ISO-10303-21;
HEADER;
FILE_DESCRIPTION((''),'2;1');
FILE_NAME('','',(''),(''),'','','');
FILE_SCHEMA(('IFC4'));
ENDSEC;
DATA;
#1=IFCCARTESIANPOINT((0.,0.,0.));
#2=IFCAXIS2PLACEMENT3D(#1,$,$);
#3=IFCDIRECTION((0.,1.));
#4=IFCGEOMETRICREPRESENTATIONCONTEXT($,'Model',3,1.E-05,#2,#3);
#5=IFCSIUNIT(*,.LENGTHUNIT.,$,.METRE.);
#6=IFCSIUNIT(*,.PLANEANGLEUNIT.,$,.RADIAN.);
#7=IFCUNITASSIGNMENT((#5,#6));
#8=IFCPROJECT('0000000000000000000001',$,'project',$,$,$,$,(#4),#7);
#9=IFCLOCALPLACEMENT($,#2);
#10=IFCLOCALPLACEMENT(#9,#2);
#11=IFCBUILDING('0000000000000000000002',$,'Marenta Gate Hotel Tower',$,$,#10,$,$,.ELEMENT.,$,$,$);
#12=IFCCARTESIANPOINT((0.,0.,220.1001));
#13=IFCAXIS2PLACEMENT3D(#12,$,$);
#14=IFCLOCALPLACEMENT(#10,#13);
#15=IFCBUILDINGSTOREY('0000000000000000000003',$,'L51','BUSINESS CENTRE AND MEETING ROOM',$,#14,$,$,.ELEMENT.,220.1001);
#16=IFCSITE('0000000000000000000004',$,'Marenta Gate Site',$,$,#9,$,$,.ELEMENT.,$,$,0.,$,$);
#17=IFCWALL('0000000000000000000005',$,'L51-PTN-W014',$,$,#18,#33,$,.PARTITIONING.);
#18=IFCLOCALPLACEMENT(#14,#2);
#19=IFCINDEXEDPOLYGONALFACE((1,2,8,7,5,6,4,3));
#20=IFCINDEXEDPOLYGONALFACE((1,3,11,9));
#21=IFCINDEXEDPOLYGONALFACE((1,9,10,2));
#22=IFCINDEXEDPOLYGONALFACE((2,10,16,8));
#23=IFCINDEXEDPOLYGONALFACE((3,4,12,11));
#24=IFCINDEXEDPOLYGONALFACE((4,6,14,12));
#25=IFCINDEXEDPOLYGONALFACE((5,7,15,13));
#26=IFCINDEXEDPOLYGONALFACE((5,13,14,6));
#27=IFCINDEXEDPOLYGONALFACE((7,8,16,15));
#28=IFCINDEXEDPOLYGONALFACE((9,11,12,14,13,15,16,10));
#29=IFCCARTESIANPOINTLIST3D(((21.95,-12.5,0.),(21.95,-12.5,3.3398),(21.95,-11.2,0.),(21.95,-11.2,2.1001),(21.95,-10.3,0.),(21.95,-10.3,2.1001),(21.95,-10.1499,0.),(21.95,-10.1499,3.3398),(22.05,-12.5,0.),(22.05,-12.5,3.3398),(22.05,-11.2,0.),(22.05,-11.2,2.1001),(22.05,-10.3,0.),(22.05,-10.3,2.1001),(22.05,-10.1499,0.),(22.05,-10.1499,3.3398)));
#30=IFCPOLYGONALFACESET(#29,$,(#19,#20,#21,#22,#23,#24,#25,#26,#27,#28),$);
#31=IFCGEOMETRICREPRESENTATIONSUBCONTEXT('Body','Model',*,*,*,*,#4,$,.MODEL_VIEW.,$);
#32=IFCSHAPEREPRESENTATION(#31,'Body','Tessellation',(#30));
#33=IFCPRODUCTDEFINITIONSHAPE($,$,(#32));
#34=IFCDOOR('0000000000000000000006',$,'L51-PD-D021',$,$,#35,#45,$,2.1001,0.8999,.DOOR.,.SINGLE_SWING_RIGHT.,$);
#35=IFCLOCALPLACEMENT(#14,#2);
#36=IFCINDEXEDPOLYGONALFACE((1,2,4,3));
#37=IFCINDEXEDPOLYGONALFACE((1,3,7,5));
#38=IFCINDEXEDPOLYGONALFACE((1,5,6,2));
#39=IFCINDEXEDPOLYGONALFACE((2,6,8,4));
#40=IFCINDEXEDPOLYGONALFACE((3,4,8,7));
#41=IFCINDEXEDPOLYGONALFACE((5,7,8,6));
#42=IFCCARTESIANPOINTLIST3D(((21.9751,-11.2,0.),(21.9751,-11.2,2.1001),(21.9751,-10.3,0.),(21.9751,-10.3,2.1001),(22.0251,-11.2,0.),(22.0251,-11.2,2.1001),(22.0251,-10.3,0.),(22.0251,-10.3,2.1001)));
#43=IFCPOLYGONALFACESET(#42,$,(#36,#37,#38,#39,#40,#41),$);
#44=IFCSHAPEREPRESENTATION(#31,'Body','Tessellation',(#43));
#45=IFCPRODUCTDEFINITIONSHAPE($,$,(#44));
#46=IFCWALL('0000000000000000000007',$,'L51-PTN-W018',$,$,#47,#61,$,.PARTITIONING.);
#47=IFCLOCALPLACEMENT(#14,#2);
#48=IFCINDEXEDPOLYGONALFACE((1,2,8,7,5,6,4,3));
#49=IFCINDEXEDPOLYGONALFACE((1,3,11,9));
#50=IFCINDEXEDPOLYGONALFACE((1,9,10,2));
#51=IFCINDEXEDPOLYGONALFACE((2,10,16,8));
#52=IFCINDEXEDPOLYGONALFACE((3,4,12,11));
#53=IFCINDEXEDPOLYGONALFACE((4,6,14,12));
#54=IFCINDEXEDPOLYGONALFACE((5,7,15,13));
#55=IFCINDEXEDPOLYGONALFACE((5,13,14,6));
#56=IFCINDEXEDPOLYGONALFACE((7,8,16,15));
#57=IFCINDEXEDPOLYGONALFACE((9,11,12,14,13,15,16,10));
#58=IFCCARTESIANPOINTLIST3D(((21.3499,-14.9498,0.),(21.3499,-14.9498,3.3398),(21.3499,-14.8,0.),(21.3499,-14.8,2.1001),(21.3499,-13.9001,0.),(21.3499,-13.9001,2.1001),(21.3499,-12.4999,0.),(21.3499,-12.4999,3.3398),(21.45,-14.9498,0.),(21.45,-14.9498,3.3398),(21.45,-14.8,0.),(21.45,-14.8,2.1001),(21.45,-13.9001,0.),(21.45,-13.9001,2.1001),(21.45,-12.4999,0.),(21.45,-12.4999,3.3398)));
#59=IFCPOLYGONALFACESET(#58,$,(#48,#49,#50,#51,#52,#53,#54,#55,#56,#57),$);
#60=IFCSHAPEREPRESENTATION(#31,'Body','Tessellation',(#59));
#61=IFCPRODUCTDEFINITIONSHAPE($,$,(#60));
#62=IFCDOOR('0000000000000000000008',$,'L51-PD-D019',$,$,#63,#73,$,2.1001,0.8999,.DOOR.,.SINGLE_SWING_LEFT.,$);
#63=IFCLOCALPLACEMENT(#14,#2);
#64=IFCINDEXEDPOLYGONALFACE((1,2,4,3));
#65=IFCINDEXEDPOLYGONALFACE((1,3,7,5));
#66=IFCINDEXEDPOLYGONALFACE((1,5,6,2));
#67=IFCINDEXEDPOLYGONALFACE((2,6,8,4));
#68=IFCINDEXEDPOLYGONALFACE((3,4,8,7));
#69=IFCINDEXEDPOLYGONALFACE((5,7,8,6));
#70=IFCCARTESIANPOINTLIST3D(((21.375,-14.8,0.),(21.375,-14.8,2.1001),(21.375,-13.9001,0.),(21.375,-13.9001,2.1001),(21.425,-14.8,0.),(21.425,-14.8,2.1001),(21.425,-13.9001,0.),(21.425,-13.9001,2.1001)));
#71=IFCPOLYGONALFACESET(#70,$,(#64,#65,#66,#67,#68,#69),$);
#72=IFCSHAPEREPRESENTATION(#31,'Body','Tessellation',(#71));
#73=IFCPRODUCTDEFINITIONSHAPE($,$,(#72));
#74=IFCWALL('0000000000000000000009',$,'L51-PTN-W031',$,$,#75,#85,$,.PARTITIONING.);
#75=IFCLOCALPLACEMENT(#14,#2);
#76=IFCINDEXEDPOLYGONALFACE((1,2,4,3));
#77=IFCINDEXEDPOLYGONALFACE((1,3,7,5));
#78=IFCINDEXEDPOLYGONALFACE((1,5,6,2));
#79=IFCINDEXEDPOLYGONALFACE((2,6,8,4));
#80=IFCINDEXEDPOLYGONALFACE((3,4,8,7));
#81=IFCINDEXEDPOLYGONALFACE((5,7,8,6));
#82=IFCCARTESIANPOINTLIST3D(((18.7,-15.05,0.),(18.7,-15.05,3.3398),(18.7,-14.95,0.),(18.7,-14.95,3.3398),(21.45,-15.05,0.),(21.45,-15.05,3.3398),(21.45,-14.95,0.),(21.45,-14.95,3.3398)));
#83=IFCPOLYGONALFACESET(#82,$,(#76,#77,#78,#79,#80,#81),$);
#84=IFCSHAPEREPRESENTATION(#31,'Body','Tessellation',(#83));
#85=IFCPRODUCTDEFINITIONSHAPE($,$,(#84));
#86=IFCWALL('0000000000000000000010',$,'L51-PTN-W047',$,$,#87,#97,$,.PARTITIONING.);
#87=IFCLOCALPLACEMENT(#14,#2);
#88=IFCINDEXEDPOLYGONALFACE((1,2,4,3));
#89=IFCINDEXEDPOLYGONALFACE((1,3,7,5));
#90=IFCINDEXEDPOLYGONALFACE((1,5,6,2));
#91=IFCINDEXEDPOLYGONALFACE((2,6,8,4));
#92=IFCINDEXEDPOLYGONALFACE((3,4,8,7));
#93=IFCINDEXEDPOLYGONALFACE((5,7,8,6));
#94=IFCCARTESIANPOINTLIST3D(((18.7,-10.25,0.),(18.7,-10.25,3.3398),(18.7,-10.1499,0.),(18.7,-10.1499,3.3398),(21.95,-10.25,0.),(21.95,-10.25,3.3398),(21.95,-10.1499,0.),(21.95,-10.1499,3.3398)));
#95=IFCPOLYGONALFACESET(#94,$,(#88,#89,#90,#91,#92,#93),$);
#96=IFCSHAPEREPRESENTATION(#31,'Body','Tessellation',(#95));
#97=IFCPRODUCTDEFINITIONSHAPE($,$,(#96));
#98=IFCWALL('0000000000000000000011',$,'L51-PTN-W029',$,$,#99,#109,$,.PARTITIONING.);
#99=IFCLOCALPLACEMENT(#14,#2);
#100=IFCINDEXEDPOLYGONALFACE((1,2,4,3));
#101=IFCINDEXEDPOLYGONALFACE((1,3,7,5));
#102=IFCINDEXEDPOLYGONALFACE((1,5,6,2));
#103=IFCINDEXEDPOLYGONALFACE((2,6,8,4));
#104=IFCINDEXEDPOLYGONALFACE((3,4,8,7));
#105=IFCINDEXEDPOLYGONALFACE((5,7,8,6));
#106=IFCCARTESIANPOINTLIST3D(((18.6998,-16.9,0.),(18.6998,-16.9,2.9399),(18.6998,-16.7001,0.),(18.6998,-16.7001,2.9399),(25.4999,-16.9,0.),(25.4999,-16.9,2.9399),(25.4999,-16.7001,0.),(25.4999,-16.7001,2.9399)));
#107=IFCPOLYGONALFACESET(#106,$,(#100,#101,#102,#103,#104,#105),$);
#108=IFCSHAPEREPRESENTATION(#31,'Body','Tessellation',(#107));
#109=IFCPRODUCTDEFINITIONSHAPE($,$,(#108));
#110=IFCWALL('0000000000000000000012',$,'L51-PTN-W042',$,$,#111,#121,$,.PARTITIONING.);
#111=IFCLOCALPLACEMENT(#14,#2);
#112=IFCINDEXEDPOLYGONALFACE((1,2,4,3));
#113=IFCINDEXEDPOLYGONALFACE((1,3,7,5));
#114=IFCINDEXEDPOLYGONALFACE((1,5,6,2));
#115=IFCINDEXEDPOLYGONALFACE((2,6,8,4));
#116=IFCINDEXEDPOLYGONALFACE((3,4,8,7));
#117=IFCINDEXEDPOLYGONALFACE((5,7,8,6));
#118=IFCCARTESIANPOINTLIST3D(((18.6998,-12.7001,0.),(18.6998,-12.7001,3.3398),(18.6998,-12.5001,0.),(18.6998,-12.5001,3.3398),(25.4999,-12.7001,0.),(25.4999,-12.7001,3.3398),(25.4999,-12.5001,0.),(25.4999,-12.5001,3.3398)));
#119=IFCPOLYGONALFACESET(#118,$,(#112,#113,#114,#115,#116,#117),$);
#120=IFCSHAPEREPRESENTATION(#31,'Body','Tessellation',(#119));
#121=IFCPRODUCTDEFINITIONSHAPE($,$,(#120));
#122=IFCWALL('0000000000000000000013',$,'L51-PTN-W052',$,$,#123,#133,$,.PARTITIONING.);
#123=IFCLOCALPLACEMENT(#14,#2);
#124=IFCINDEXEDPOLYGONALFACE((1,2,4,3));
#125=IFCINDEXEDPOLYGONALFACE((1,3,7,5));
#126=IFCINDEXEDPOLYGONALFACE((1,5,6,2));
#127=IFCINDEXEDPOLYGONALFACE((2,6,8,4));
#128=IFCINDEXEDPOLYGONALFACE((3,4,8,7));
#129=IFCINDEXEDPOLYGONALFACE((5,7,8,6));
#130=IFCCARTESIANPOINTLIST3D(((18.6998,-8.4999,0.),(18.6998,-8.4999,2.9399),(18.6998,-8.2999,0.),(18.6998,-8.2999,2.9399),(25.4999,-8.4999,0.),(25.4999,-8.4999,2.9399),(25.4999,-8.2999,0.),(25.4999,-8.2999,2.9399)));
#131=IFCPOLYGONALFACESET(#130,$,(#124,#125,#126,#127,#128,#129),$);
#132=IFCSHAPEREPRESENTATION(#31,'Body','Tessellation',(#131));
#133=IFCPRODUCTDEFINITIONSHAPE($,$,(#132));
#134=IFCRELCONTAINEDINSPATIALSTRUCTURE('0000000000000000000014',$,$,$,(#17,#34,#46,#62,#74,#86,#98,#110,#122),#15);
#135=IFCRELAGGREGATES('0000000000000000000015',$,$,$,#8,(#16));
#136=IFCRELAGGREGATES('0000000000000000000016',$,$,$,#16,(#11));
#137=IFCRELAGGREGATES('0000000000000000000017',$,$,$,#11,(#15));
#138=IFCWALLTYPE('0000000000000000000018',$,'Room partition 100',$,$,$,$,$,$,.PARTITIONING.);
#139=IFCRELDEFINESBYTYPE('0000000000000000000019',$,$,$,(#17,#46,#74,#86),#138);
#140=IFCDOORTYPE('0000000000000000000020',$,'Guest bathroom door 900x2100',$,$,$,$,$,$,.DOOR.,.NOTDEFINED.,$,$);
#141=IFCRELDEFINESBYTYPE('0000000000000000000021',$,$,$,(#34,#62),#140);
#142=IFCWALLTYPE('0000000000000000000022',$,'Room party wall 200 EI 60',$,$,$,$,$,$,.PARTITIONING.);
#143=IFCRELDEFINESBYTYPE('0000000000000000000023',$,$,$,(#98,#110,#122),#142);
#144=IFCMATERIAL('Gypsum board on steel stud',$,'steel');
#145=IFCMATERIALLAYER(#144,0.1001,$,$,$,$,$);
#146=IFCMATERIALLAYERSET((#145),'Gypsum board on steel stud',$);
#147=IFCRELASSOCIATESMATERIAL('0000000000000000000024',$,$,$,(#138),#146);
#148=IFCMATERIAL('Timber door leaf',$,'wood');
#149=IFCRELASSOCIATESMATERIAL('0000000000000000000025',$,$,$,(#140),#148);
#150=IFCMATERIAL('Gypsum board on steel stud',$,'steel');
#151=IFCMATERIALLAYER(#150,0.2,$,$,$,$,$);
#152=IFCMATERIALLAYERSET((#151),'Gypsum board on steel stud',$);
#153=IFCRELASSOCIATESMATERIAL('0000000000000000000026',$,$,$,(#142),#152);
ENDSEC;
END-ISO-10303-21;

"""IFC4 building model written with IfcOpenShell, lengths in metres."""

from ifc_helpers import new_model, si_unit, direction, frame, frame_2d, origin, place, context, subcontext, project, spatial, rectangle, extrude, material, layer, layer_set, type_object, element, fill, save


model = new_model("IFC4")

# Units and contexts
model_context = context("Model", 3, precision=1e-05, world=origin(), true_north=direction((0.0, 1.0)))
body_context = subcontext(model_context, "Body", "Model", "MODEL_VIEW")
ifc_project = project(units=[si_unit("LENGTHUNIT", "METRE"), si_unit("PLANEANGLEUNIT", "RADIAN")], contexts=[model_context])

# Site, building, storey
site_placement = place(None, origin())
site = spatial("IfcSite", under=ifc_project, at=site_placement, Name="Marenta Gate Site", CompositionType="ELEMENT", RefElevation=0.0)
building_placement = place(site_placement, origin())
building = spatial("IfcBuilding", under=site, at=building_placement, Name="Marenta Gate Hotel Tower", CompositionType="ELEMENT")
storey_placement = place(building_placement, frame((0.0, 0.0, 220.1001)))
storey = spatial("IfcBuildingStorey", under=building, at=storey_placement, Name="L51", Description="BUSINESS CENTRE AND MEETING ROOM", CompositionType="ELEMENT", Elevation=220.1001)

# Walls, openings, doors
ifc_material_1 = material(Name="Gypsum board on steel stud", Category="steel")
ifc_layer_1 = layer(ifc_material_1, 0.1001)
ifc_layer_set_1 = layer_set([ifc_layer_1], Name="Gypsum board on steel stud")
wall_type_1 = type_object("IfcWallType", Name="Room partition 100", PredefinedType="PARTITIONING", material=ifc_layer_set_1)
ifc_material_2 = material(Name="Timber door leaf", Category="wood")
door_type = type_object("IfcDoorType", Name="Guest bathroom door 900x2100", OperationType="NOTDEFINED", PredefinedType="DOOR", material=ifc_material_2)
wall_1_placement = place(storey_placement, frame((22.0, -12.5, 0.0), z_axis=(0.0, 0.0, 1.0), x_axis=(0.0, 1.0, 0.0)))
wall_1 = element("IfcWall", 1, at=wall_1_placement, inside=storey, type_object=wall_type_1, Name="L51-PTN-W014", PredefinedType="PARTITIONING", context=body_context, shape_type="SweptSolid", body=[
    extrude(rectangle(XDim=2.3501, YDim=0.1001, at=frame_2d((1.175, 0.0))), origin(), (0.0, 0.0, 1.0), 3.3398),
])
opening_1_placement = place(wall_1_placement, frame((1.3, 0.0, 0.0)))
opening_1 = element("IfcOpeningElement", 2, at=opening_1_placement, cuts=wall_1, PredefinedType="OPENING", context=body_context, shape_type="SweptSolid", body=[
    extrude(rectangle(XDim=0.8999, YDim=2.1001, at=frame_2d((0.45, 1.05))), frame((0.0, 0.05, 0.0), z_axis=(0.0, -1.0, 0.0), x_axis=(1.0, 0.0, 0.0)), (0.0, 0.0, 1.0), 0.1001),
])
door_1_placement = place(opening_1_placement, origin())
door_1 = element("IfcDoor", 3, at=door_1_placement, inside=storey, type_object=door_type, Name="L51-PD-D021", OperationType="SINGLE_SWING_RIGHT", OverallHeight=2.1001, OverallWidth=0.8999, PredefinedType="DOOR", context=body_context, shape_type="SweptSolid", body=[
    extrude(rectangle(XDim=0.8999, YDim=2.1001, at=frame_2d((0.45, 1.05))), frame((0.0, 0.0249, 0.0), z_axis=(0.0, -1.0, 0.0), x_axis=(1.0, 0.0, 0.0)), (0.0, 0.0, 1.0), 0.05),
])
fill(opening_1, door_1)
wall_2_placement = place(storey_placement, frame((21.3999, -14.95, 0.0), z_axis=(0.0, 0.0, 1.0), x_axis=(0.0, 1.0, 0.0)))
wall_2 = element("IfcWall", 4, at=wall_2_placement, inside=storey, type_object=wall_type_1, Name="L51-PTN-W018", PredefinedType="PARTITIONING", context=body_context, shape_type="SweptSolid", body=[
    extrude(rectangle(XDim=2.45, YDim=0.1001, at=frame_2d((1.2251, 0.0))), origin(), (0.0, 0.0, 1.0), 3.3398),
])
opening_2_placement = place(wall_2_placement, frame((0.1499, 0.0, 0.0)))
opening_2 = element("IfcOpeningElement", 5, at=opening_2_placement, cuts=wall_2, PredefinedType="OPENING", context=body_context, shape_type="SweptSolid", body=[
    extrude(rectangle(XDim=0.8999, YDim=2.1001, at=frame_2d((0.45, 1.05))), frame((0.0, 0.05, 0.0), z_axis=(0.0, -1.0, 0.0), x_axis=(1.0, 0.0, 0.0)), (0.0, 0.0, 1.0), 0.1001),
])
door_2_placement = place(opening_2_placement, origin())
door_2 = element("IfcDoor", 6, at=door_2_placement, inside=storey, type_object=door_type, Name="L51-PD-D019", OperationType="SINGLE_SWING_LEFT", OverallHeight=2.1001, OverallWidth=0.8999, PredefinedType="DOOR", context=body_context, shape_type="SweptSolid", body=[
    extrude(rectangle(XDim=0.8999, YDim=2.1001, at=frame_2d((0.45, 1.05))), frame((0.0, 0.0249, 0.0), z_axis=(0.0, -1.0, 0.0), x_axis=(1.0, 0.0, 0.0)), (0.0, 0.0, 1.0), 0.05),
])
fill(opening_2, door_2)

# Walls
wall_3_placement = place(storey_placement, frame((18.7, -15.0, 0.0), z_axis=(0.0, 0.0, 1.0), x_axis=(1.0, 0.0, 0.0)))
element("IfcWall", 7, at=wall_3_placement, inside=storey, type_object=wall_type_1, Name="L51-PTN-W031", PredefinedType="PARTITIONING", context=body_context, shape_type="SweptSolid", body=[
    extrude(rectangle(XDim=2.75, YDim=0.1001, at=frame_2d((1.375, 0.0))), origin(), (0.0, 0.0, 1.0), 3.3398),
])
wall_4_placement = place(storey_placement, frame((18.7, -10.2, 0.0), z_axis=(0.0, 0.0, 1.0), x_axis=(1.0, 0.0, 0.0)))
element("IfcWall", 8, at=wall_4_placement, inside=storey, type_object=wall_type_1, Name="L51-PTN-W047", PredefinedType="PARTITIONING", context=body_context, shape_type="SweptSolid", body=[
    extrude(rectangle(XDim=3.25, YDim=0.1001, at=frame_2d((1.625, 0.0))), origin(), (0.0, 0.0, 1.0), 3.3398),
])
ifc_material_3 = material(Name="Gypsum board on steel stud", Category="steel")
ifc_layer_2 = layer(ifc_material_3, 0.2)
ifc_layer_set_2 = layer_set([ifc_layer_2], Name="Gypsum board on steel stud")
wall_type_2 = type_object("IfcWallType", Name="Room party wall 200 EI 60", PredefinedType="PARTITIONING", material=ifc_layer_set_2)
wall_5_placement = place(storey_placement, frame((18.7, -16.8, 0.0), z_axis=(0.0, 0.0, 1.0), x_axis=(1.0, 0.0, 0.0)))
element("IfcWall", 9, at=wall_5_placement, inside=storey, type_object=wall_type_2, Name="L51-PTN-W029", PredefinedType="PARTITIONING", context=body_context, shape_type="SweptSolid", body=[
    extrude(rectangle(XDim=6.8, YDim=0.2, at=frame_2d((3.3999, 0.0))), origin(), (0.0, 0.0, 1.0), 2.9399),
])
wall_6_placement = place(storey_placement, frame((18.7, -12.6001, 0.0), z_axis=(0.0, 0.0, 1.0), x_axis=(1.0, 0.0, 0.0)))
element("IfcWall", 10, at=wall_6_placement, inside=storey, type_object=wall_type_2, Name="L51-PTN-W042", PredefinedType="PARTITIONING", context=body_context, shape_type="SweptSolid", body=[
    extrude(rectangle(XDim=6.8, YDim=0.2, at=frame_2d((3.3999, 0.0))), origin(), (0.0, 0.0, 1.0), 3.3398),
])
wall_7_placement = place(storey_placement, frame((18.7, -8.3999, 0.0), z_axis=(0.0, 0.0, 1.0), x_axis=(1.0, 0.0, 0.0)))
element("IfcWall", 11, at=wall_7_placement, inside=storey, type_object=wall_type_2, Name="L51-PTN-W052", PredefinedType="PARTITIONING", context=body_context, shape_type="SweptSolid", body=[
    extrude(rectangle(XDim=6.8, YDim=0.2, at=frame_2d((3.3999, 0.0))), origin(), (0.0, 0.0, 1.0), 2.9399),
])

save(model, "model.ifc")
